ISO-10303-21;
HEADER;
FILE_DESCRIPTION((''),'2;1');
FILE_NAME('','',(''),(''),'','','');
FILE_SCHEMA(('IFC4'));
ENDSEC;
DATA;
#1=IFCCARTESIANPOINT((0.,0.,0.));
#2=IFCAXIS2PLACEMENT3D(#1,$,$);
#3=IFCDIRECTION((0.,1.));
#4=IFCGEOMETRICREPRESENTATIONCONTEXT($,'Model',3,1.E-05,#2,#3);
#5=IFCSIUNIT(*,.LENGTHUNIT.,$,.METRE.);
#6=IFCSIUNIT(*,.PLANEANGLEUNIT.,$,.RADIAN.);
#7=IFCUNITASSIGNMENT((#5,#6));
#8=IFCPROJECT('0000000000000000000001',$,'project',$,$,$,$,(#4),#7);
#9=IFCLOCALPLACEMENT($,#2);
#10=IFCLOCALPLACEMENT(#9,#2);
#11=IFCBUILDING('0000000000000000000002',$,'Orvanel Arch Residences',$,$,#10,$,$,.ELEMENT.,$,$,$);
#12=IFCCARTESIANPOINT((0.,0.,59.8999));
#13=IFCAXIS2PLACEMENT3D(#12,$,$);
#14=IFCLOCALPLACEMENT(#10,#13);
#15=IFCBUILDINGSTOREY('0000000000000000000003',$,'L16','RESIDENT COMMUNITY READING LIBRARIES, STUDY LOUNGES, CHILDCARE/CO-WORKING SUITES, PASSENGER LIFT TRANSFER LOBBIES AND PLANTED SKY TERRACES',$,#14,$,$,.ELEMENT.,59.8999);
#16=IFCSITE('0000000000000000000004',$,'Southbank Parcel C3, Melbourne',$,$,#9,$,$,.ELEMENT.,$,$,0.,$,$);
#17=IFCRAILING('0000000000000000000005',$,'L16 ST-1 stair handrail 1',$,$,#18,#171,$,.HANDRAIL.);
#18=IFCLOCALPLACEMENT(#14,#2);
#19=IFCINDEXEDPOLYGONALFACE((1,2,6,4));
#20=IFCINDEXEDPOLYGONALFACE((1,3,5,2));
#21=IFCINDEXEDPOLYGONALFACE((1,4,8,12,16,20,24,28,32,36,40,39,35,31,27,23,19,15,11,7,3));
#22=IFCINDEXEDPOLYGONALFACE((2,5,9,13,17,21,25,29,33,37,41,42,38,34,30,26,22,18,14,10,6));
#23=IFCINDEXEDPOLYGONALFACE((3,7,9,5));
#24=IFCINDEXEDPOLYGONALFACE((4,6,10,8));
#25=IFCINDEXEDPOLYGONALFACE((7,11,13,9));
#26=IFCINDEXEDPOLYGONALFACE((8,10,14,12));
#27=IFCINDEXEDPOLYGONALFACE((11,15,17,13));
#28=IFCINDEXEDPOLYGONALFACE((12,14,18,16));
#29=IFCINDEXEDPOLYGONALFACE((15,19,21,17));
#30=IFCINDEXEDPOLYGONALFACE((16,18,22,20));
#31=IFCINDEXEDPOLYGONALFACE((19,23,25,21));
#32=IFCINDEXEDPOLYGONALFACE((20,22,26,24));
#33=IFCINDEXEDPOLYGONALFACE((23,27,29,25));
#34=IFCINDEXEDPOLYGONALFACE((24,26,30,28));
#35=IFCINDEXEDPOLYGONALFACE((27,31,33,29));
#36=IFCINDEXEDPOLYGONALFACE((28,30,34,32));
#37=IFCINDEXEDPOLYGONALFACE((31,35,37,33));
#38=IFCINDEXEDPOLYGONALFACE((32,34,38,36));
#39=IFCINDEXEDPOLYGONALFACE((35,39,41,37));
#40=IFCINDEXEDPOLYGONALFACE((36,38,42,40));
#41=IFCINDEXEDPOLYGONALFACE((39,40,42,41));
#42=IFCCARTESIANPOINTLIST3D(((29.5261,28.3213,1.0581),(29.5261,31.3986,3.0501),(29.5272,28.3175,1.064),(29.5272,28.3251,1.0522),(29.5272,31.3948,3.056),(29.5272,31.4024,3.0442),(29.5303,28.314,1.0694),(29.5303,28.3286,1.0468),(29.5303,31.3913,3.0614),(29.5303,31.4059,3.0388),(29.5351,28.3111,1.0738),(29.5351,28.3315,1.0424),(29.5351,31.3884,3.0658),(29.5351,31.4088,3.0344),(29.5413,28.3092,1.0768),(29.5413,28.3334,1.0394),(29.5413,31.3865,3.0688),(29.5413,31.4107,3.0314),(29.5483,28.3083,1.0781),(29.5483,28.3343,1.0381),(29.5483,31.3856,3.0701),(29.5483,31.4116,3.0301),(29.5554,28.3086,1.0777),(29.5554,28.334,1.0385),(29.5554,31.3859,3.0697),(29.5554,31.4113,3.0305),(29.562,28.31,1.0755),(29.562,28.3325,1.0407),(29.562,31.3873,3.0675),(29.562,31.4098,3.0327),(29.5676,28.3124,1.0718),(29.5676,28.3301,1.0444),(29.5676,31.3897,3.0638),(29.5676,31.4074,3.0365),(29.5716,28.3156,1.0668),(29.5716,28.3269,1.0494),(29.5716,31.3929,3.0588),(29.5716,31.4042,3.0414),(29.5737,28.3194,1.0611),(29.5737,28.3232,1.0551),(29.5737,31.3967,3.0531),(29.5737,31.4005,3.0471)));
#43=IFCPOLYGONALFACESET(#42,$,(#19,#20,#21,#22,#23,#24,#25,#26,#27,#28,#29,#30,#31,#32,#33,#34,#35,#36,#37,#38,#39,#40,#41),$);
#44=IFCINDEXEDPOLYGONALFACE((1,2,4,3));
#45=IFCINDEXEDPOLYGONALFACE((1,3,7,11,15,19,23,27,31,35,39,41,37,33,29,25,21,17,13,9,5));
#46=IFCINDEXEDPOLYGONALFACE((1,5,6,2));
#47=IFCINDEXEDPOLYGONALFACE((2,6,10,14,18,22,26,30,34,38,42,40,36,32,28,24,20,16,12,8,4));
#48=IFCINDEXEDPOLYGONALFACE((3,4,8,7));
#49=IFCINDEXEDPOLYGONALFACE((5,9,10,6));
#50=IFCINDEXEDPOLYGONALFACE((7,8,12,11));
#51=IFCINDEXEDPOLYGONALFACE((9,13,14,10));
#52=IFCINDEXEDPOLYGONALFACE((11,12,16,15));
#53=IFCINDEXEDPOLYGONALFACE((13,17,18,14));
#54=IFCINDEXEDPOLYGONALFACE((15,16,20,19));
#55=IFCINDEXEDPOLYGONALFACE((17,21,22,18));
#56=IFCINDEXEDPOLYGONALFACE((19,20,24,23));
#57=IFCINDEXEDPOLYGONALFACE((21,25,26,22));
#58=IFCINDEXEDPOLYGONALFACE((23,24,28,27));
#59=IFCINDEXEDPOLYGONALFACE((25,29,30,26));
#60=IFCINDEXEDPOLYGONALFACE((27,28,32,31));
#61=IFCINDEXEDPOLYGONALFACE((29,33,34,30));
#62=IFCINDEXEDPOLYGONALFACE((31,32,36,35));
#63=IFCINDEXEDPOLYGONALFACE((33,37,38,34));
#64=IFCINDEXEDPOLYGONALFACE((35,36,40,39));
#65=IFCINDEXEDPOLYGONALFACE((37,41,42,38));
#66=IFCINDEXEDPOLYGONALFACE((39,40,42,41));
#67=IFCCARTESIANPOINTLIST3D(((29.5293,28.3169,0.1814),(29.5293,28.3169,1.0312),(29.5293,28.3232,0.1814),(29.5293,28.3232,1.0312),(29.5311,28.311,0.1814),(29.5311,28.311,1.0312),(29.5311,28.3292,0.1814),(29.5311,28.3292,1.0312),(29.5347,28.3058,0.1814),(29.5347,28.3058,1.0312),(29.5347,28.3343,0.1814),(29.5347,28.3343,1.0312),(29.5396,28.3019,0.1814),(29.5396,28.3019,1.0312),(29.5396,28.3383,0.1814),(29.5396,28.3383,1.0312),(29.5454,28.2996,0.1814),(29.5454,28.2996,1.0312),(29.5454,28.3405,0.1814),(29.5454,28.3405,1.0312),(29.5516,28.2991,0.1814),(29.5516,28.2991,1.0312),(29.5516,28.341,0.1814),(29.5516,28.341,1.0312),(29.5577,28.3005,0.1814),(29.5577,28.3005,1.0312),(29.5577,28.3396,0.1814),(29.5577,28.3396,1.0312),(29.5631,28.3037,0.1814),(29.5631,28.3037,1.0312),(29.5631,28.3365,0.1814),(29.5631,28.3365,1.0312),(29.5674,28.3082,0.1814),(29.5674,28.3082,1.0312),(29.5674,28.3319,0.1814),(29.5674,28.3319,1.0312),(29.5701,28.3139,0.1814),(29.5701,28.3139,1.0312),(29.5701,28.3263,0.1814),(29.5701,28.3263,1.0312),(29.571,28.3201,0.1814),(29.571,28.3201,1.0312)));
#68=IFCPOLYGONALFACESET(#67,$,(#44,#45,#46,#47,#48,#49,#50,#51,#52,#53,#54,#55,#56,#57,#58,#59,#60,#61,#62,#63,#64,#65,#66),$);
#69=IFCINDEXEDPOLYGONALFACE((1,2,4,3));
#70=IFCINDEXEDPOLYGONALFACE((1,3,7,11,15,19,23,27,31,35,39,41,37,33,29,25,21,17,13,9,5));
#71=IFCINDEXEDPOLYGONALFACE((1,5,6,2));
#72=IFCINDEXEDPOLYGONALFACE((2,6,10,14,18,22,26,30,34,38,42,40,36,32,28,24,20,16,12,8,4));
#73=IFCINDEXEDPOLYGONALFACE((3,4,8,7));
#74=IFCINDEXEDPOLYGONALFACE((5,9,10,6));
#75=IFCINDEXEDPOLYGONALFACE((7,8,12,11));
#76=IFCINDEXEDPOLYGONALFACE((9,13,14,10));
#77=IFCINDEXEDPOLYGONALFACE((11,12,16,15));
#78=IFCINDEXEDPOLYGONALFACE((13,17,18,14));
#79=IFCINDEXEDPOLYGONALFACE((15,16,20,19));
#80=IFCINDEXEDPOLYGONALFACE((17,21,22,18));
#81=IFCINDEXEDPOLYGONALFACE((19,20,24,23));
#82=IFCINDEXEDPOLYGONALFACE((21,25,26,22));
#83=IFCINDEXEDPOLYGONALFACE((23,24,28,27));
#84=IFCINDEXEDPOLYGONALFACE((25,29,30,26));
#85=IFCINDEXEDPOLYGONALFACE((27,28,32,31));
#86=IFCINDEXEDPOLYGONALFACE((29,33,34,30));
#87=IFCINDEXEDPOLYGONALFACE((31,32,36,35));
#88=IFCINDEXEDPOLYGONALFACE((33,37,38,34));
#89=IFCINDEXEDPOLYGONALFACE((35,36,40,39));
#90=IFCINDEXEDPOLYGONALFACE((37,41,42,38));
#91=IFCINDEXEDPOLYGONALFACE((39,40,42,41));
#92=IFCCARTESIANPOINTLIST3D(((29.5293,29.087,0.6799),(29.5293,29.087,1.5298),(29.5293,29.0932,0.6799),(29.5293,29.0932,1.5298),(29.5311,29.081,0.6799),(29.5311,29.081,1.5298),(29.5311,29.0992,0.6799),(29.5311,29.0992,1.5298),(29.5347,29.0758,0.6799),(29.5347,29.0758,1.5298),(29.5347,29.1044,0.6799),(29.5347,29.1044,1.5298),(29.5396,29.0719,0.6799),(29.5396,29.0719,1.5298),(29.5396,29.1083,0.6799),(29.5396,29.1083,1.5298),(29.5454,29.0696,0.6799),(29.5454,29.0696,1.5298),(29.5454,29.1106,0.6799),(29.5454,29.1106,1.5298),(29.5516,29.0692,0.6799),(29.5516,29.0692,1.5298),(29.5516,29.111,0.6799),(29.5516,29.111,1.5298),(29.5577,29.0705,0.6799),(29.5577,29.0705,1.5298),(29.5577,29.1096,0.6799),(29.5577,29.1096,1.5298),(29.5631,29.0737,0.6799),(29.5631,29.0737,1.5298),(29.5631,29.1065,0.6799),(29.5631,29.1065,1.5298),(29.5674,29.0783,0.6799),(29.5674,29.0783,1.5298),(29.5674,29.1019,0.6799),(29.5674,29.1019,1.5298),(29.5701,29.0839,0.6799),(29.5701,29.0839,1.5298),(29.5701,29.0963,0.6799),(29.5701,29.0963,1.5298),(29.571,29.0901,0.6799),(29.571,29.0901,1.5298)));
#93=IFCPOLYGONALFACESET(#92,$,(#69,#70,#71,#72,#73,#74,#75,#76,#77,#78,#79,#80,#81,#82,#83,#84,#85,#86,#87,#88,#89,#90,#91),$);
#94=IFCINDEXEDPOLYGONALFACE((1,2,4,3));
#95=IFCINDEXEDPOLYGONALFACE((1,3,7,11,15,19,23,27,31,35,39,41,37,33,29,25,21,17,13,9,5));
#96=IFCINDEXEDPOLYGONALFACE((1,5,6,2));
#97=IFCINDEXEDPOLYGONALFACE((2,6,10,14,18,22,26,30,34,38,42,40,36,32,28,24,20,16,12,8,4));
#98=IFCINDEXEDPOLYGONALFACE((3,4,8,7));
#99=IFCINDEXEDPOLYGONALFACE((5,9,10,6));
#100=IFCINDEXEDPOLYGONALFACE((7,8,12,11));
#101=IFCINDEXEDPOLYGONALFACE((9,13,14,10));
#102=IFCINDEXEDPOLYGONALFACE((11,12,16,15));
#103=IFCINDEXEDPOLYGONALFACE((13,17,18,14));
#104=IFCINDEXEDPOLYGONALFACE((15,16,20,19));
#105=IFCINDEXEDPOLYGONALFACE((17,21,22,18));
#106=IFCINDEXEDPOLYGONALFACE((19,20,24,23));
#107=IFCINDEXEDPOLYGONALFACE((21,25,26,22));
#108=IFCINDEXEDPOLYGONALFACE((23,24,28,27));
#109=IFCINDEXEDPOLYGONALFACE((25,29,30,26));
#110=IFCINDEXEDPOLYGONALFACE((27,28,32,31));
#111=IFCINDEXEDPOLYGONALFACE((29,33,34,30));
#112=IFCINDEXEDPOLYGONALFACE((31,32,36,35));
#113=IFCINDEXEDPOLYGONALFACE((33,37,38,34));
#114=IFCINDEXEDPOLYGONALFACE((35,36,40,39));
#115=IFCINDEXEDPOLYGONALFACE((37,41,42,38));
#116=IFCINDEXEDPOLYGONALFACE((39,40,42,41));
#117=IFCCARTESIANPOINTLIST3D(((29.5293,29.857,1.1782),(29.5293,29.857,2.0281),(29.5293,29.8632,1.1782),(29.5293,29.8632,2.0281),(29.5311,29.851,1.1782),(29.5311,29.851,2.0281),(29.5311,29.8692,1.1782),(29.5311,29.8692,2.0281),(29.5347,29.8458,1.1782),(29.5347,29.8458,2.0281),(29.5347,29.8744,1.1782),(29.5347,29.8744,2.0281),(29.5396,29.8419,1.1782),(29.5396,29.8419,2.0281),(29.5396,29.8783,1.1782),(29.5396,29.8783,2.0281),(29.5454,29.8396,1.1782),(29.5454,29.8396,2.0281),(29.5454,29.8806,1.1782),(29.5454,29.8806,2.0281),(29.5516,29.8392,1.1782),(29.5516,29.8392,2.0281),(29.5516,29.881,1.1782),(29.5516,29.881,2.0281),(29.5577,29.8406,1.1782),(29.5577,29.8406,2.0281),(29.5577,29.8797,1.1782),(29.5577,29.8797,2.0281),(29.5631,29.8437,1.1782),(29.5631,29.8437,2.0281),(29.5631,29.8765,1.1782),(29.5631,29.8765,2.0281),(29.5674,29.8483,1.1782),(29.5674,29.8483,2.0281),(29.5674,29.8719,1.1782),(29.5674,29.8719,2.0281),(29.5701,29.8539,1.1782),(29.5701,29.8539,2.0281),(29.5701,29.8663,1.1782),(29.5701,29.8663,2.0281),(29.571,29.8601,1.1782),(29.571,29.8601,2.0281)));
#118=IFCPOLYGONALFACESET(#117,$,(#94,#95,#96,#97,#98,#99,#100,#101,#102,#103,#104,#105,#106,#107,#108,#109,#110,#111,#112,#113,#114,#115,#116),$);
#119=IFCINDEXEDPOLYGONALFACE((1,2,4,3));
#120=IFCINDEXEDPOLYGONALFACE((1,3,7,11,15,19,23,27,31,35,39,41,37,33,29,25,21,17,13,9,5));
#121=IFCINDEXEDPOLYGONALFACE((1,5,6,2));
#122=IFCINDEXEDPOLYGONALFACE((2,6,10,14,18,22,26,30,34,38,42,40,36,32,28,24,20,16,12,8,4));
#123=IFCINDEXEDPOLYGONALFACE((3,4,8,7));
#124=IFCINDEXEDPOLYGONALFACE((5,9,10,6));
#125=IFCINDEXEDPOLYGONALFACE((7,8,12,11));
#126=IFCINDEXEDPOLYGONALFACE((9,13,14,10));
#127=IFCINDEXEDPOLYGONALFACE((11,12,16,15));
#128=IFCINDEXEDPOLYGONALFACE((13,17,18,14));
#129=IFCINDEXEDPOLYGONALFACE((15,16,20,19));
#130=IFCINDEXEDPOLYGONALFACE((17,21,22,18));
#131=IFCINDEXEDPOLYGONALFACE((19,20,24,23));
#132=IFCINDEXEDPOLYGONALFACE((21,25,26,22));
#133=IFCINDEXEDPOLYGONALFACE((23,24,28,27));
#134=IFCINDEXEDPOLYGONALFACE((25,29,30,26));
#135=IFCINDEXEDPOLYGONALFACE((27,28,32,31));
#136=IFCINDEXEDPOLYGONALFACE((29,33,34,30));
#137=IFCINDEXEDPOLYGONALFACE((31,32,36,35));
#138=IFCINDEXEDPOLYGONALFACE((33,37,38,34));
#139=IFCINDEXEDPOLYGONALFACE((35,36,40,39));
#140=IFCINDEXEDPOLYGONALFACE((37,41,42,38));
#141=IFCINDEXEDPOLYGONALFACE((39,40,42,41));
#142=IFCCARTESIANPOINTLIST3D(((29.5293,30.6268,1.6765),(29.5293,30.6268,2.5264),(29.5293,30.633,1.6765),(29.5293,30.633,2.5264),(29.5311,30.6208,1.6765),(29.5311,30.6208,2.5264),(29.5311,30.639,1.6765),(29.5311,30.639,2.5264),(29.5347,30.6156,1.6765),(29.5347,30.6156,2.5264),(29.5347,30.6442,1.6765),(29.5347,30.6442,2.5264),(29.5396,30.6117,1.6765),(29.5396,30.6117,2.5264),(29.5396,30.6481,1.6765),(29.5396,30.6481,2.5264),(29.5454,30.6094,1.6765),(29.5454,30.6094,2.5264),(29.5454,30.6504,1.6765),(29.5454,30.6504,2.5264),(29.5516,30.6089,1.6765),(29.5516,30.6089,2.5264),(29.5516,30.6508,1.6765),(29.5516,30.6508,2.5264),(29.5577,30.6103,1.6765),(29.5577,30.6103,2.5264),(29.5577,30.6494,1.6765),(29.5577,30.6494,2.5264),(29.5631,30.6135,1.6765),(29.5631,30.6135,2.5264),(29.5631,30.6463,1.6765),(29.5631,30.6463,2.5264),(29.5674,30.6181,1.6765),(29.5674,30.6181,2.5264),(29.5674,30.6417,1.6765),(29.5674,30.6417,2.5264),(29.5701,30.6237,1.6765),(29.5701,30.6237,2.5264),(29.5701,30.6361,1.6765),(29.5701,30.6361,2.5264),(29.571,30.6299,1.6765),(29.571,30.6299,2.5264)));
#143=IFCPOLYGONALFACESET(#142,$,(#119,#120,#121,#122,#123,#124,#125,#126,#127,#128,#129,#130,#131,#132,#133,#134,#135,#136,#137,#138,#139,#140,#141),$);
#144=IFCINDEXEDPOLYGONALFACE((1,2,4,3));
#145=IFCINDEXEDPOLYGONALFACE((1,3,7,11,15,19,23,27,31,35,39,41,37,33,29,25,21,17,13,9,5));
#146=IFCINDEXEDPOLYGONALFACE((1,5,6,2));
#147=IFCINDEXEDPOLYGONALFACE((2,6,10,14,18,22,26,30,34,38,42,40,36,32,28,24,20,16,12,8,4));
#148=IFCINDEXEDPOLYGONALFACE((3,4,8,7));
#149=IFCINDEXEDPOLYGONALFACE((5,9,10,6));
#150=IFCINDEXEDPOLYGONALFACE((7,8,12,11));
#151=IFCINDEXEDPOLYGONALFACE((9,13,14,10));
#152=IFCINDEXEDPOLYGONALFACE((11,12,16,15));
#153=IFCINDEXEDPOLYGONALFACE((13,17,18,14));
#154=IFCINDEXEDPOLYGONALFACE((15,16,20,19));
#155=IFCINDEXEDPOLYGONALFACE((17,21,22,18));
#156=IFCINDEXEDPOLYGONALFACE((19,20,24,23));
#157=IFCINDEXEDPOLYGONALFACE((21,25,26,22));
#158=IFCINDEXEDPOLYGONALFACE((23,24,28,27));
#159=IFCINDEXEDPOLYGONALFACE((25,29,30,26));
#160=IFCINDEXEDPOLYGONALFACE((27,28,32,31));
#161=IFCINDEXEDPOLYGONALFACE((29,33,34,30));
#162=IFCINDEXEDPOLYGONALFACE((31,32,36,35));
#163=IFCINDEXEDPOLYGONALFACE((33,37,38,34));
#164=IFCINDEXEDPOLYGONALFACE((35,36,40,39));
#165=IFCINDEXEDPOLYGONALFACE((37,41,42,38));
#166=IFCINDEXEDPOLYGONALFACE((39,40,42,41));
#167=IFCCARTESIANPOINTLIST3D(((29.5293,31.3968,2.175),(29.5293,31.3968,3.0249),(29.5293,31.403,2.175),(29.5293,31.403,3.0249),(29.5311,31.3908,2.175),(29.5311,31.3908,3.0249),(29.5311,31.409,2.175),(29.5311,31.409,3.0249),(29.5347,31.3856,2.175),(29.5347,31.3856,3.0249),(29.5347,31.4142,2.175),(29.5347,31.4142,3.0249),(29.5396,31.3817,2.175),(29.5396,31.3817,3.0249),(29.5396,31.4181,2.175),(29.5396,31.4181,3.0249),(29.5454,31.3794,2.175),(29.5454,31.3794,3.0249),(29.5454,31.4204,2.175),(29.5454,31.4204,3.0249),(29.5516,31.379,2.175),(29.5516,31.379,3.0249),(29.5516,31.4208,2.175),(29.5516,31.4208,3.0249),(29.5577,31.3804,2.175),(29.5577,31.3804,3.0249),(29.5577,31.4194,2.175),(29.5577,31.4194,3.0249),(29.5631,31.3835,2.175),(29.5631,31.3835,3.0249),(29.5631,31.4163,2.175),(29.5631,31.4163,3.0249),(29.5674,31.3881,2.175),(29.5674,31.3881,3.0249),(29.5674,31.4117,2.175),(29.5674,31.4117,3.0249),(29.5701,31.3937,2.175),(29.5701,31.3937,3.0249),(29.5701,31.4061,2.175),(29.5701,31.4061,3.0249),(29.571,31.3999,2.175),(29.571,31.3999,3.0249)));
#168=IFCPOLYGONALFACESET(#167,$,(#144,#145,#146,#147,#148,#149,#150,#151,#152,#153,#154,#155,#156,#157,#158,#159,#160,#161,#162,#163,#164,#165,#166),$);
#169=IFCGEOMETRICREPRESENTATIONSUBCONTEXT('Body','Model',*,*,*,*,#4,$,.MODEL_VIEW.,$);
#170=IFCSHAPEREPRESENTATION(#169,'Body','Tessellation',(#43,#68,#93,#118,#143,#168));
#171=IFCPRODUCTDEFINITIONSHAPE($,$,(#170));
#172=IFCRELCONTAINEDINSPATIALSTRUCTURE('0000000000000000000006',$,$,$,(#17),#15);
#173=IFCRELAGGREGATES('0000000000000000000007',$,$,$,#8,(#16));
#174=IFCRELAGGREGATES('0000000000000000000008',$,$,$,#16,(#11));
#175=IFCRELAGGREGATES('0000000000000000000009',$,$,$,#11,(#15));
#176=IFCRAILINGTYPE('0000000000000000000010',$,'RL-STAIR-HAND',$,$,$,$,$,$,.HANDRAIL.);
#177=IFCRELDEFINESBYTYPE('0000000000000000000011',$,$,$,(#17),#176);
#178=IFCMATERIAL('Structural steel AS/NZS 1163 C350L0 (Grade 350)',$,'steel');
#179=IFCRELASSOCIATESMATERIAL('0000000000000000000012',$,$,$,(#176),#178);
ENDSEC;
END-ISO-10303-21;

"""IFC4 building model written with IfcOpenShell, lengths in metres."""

from ifc_helpers import new_model, si_unit, direction, frame, origin, origin_2d, place, context, subcontext, project, spatial, circle, extrude, material, type_object, element, save


model = new_model("IFC4")

# Units and contexts
model_context = context("Model", 3, precision=1e-05, world=origin(), true_north=direction((0.0, 1.0)))
body_context = subcontext(model_context, "Body", "Model", "MODEL_VIEW")
ifc_project = project(units=[si_unit("LENGTHUNIT", "METRE"), si_unit("PLANEANGLEUNIT", "RADIAN")], contexts=[model_context])

# Site, building, storey
site_placement = place(None, origin())
site = spatial("IfcSite", under=ifc_project, at=site_placement, Name="Southbank Parcel C3, Melbourne", CompositionType="ELEMENT", RefElevation=0.0)
building_placement = place(site_placement, origin())
building = spatial("IfcBuilding", under=site, at=building_placement, Name="Orvanel Arch Residences", CompositionType="ELEMENT")
storey_placement = place(building_placement, frame((0.0, 0.0, 59.8999)))
storey = spatial("IfcBuildingStorey", under=building, at=storey_placement, Name="L16", Description="RESIDENT COMMUNITY READING LIBRARIES, STUDY LOUNGES, CHILDCARE/CO-WORKING SUITES, PASSENGER LIFT TRANSFER LOBBIES AND PLANTED SKY TERRACES", CompositionType="ELEMENT", Elevation=59.8999)

# Railing
ifc_material_1 = material(Name="Structural steel AS/NZS 1163 C350L0 (Grade 350)", Category="steel")
railing_type_1 = type_object("IfcRailingType", Name="RL-STAIR-HAND", PredefinedType="HANDRAIL", material=ifc_material_1)
railing_1_placement = place(storey_placement, frame((29.55, 28.3201, 0.1814)))
element("IfcRailing", 1, at=railing_1_placement, inside=storey, type_object=railing_type_1, Name="L16 ST-1 stair handrail 1", PredefinedType="HANDRAIL", context=body_context, shape_type="SweptSolid", body=[
    extrude(circle(Radius=0.0239, at=origin_2d()), frame((0.0, 0.0012, 0.8767), z_axis=(0.0, 0.839468, 0.543409), x_axis=(-1.0, 0.0, 0.0)), (0.0, 0.0, 1.0), 3.6658),
    extrude(circle(Radius=0.021, at=origin_2d()), origin(), (0.0, 0.0, 1.0), 0.8499),
    extrude(circle(Radius=0.021, at=origin_2d()), frame((0.0, 0.77, 0.4985)), (0.0, 0.0, 1.0), 0.8499),
    extrude(circle(Radius=0.021, at=origin_2d()), frame((0.0, 1.54, 0.9968)), (0.0, 0.0, 1.0), 0.8499),
    extrude(circle(Radius=0.021, at=origin_2d()), frame((0.0, 2.3098, 1.4951)), (0.0, 0.0, 1.0), 0.8499),
    extrude(circle(Radius=0.021, at=origin_2d()), frame((0.0, 3.0798, 1.9937)), (0.0, 0.0, 1.0), 0.8499),
])

save(model, "model.ifc")
